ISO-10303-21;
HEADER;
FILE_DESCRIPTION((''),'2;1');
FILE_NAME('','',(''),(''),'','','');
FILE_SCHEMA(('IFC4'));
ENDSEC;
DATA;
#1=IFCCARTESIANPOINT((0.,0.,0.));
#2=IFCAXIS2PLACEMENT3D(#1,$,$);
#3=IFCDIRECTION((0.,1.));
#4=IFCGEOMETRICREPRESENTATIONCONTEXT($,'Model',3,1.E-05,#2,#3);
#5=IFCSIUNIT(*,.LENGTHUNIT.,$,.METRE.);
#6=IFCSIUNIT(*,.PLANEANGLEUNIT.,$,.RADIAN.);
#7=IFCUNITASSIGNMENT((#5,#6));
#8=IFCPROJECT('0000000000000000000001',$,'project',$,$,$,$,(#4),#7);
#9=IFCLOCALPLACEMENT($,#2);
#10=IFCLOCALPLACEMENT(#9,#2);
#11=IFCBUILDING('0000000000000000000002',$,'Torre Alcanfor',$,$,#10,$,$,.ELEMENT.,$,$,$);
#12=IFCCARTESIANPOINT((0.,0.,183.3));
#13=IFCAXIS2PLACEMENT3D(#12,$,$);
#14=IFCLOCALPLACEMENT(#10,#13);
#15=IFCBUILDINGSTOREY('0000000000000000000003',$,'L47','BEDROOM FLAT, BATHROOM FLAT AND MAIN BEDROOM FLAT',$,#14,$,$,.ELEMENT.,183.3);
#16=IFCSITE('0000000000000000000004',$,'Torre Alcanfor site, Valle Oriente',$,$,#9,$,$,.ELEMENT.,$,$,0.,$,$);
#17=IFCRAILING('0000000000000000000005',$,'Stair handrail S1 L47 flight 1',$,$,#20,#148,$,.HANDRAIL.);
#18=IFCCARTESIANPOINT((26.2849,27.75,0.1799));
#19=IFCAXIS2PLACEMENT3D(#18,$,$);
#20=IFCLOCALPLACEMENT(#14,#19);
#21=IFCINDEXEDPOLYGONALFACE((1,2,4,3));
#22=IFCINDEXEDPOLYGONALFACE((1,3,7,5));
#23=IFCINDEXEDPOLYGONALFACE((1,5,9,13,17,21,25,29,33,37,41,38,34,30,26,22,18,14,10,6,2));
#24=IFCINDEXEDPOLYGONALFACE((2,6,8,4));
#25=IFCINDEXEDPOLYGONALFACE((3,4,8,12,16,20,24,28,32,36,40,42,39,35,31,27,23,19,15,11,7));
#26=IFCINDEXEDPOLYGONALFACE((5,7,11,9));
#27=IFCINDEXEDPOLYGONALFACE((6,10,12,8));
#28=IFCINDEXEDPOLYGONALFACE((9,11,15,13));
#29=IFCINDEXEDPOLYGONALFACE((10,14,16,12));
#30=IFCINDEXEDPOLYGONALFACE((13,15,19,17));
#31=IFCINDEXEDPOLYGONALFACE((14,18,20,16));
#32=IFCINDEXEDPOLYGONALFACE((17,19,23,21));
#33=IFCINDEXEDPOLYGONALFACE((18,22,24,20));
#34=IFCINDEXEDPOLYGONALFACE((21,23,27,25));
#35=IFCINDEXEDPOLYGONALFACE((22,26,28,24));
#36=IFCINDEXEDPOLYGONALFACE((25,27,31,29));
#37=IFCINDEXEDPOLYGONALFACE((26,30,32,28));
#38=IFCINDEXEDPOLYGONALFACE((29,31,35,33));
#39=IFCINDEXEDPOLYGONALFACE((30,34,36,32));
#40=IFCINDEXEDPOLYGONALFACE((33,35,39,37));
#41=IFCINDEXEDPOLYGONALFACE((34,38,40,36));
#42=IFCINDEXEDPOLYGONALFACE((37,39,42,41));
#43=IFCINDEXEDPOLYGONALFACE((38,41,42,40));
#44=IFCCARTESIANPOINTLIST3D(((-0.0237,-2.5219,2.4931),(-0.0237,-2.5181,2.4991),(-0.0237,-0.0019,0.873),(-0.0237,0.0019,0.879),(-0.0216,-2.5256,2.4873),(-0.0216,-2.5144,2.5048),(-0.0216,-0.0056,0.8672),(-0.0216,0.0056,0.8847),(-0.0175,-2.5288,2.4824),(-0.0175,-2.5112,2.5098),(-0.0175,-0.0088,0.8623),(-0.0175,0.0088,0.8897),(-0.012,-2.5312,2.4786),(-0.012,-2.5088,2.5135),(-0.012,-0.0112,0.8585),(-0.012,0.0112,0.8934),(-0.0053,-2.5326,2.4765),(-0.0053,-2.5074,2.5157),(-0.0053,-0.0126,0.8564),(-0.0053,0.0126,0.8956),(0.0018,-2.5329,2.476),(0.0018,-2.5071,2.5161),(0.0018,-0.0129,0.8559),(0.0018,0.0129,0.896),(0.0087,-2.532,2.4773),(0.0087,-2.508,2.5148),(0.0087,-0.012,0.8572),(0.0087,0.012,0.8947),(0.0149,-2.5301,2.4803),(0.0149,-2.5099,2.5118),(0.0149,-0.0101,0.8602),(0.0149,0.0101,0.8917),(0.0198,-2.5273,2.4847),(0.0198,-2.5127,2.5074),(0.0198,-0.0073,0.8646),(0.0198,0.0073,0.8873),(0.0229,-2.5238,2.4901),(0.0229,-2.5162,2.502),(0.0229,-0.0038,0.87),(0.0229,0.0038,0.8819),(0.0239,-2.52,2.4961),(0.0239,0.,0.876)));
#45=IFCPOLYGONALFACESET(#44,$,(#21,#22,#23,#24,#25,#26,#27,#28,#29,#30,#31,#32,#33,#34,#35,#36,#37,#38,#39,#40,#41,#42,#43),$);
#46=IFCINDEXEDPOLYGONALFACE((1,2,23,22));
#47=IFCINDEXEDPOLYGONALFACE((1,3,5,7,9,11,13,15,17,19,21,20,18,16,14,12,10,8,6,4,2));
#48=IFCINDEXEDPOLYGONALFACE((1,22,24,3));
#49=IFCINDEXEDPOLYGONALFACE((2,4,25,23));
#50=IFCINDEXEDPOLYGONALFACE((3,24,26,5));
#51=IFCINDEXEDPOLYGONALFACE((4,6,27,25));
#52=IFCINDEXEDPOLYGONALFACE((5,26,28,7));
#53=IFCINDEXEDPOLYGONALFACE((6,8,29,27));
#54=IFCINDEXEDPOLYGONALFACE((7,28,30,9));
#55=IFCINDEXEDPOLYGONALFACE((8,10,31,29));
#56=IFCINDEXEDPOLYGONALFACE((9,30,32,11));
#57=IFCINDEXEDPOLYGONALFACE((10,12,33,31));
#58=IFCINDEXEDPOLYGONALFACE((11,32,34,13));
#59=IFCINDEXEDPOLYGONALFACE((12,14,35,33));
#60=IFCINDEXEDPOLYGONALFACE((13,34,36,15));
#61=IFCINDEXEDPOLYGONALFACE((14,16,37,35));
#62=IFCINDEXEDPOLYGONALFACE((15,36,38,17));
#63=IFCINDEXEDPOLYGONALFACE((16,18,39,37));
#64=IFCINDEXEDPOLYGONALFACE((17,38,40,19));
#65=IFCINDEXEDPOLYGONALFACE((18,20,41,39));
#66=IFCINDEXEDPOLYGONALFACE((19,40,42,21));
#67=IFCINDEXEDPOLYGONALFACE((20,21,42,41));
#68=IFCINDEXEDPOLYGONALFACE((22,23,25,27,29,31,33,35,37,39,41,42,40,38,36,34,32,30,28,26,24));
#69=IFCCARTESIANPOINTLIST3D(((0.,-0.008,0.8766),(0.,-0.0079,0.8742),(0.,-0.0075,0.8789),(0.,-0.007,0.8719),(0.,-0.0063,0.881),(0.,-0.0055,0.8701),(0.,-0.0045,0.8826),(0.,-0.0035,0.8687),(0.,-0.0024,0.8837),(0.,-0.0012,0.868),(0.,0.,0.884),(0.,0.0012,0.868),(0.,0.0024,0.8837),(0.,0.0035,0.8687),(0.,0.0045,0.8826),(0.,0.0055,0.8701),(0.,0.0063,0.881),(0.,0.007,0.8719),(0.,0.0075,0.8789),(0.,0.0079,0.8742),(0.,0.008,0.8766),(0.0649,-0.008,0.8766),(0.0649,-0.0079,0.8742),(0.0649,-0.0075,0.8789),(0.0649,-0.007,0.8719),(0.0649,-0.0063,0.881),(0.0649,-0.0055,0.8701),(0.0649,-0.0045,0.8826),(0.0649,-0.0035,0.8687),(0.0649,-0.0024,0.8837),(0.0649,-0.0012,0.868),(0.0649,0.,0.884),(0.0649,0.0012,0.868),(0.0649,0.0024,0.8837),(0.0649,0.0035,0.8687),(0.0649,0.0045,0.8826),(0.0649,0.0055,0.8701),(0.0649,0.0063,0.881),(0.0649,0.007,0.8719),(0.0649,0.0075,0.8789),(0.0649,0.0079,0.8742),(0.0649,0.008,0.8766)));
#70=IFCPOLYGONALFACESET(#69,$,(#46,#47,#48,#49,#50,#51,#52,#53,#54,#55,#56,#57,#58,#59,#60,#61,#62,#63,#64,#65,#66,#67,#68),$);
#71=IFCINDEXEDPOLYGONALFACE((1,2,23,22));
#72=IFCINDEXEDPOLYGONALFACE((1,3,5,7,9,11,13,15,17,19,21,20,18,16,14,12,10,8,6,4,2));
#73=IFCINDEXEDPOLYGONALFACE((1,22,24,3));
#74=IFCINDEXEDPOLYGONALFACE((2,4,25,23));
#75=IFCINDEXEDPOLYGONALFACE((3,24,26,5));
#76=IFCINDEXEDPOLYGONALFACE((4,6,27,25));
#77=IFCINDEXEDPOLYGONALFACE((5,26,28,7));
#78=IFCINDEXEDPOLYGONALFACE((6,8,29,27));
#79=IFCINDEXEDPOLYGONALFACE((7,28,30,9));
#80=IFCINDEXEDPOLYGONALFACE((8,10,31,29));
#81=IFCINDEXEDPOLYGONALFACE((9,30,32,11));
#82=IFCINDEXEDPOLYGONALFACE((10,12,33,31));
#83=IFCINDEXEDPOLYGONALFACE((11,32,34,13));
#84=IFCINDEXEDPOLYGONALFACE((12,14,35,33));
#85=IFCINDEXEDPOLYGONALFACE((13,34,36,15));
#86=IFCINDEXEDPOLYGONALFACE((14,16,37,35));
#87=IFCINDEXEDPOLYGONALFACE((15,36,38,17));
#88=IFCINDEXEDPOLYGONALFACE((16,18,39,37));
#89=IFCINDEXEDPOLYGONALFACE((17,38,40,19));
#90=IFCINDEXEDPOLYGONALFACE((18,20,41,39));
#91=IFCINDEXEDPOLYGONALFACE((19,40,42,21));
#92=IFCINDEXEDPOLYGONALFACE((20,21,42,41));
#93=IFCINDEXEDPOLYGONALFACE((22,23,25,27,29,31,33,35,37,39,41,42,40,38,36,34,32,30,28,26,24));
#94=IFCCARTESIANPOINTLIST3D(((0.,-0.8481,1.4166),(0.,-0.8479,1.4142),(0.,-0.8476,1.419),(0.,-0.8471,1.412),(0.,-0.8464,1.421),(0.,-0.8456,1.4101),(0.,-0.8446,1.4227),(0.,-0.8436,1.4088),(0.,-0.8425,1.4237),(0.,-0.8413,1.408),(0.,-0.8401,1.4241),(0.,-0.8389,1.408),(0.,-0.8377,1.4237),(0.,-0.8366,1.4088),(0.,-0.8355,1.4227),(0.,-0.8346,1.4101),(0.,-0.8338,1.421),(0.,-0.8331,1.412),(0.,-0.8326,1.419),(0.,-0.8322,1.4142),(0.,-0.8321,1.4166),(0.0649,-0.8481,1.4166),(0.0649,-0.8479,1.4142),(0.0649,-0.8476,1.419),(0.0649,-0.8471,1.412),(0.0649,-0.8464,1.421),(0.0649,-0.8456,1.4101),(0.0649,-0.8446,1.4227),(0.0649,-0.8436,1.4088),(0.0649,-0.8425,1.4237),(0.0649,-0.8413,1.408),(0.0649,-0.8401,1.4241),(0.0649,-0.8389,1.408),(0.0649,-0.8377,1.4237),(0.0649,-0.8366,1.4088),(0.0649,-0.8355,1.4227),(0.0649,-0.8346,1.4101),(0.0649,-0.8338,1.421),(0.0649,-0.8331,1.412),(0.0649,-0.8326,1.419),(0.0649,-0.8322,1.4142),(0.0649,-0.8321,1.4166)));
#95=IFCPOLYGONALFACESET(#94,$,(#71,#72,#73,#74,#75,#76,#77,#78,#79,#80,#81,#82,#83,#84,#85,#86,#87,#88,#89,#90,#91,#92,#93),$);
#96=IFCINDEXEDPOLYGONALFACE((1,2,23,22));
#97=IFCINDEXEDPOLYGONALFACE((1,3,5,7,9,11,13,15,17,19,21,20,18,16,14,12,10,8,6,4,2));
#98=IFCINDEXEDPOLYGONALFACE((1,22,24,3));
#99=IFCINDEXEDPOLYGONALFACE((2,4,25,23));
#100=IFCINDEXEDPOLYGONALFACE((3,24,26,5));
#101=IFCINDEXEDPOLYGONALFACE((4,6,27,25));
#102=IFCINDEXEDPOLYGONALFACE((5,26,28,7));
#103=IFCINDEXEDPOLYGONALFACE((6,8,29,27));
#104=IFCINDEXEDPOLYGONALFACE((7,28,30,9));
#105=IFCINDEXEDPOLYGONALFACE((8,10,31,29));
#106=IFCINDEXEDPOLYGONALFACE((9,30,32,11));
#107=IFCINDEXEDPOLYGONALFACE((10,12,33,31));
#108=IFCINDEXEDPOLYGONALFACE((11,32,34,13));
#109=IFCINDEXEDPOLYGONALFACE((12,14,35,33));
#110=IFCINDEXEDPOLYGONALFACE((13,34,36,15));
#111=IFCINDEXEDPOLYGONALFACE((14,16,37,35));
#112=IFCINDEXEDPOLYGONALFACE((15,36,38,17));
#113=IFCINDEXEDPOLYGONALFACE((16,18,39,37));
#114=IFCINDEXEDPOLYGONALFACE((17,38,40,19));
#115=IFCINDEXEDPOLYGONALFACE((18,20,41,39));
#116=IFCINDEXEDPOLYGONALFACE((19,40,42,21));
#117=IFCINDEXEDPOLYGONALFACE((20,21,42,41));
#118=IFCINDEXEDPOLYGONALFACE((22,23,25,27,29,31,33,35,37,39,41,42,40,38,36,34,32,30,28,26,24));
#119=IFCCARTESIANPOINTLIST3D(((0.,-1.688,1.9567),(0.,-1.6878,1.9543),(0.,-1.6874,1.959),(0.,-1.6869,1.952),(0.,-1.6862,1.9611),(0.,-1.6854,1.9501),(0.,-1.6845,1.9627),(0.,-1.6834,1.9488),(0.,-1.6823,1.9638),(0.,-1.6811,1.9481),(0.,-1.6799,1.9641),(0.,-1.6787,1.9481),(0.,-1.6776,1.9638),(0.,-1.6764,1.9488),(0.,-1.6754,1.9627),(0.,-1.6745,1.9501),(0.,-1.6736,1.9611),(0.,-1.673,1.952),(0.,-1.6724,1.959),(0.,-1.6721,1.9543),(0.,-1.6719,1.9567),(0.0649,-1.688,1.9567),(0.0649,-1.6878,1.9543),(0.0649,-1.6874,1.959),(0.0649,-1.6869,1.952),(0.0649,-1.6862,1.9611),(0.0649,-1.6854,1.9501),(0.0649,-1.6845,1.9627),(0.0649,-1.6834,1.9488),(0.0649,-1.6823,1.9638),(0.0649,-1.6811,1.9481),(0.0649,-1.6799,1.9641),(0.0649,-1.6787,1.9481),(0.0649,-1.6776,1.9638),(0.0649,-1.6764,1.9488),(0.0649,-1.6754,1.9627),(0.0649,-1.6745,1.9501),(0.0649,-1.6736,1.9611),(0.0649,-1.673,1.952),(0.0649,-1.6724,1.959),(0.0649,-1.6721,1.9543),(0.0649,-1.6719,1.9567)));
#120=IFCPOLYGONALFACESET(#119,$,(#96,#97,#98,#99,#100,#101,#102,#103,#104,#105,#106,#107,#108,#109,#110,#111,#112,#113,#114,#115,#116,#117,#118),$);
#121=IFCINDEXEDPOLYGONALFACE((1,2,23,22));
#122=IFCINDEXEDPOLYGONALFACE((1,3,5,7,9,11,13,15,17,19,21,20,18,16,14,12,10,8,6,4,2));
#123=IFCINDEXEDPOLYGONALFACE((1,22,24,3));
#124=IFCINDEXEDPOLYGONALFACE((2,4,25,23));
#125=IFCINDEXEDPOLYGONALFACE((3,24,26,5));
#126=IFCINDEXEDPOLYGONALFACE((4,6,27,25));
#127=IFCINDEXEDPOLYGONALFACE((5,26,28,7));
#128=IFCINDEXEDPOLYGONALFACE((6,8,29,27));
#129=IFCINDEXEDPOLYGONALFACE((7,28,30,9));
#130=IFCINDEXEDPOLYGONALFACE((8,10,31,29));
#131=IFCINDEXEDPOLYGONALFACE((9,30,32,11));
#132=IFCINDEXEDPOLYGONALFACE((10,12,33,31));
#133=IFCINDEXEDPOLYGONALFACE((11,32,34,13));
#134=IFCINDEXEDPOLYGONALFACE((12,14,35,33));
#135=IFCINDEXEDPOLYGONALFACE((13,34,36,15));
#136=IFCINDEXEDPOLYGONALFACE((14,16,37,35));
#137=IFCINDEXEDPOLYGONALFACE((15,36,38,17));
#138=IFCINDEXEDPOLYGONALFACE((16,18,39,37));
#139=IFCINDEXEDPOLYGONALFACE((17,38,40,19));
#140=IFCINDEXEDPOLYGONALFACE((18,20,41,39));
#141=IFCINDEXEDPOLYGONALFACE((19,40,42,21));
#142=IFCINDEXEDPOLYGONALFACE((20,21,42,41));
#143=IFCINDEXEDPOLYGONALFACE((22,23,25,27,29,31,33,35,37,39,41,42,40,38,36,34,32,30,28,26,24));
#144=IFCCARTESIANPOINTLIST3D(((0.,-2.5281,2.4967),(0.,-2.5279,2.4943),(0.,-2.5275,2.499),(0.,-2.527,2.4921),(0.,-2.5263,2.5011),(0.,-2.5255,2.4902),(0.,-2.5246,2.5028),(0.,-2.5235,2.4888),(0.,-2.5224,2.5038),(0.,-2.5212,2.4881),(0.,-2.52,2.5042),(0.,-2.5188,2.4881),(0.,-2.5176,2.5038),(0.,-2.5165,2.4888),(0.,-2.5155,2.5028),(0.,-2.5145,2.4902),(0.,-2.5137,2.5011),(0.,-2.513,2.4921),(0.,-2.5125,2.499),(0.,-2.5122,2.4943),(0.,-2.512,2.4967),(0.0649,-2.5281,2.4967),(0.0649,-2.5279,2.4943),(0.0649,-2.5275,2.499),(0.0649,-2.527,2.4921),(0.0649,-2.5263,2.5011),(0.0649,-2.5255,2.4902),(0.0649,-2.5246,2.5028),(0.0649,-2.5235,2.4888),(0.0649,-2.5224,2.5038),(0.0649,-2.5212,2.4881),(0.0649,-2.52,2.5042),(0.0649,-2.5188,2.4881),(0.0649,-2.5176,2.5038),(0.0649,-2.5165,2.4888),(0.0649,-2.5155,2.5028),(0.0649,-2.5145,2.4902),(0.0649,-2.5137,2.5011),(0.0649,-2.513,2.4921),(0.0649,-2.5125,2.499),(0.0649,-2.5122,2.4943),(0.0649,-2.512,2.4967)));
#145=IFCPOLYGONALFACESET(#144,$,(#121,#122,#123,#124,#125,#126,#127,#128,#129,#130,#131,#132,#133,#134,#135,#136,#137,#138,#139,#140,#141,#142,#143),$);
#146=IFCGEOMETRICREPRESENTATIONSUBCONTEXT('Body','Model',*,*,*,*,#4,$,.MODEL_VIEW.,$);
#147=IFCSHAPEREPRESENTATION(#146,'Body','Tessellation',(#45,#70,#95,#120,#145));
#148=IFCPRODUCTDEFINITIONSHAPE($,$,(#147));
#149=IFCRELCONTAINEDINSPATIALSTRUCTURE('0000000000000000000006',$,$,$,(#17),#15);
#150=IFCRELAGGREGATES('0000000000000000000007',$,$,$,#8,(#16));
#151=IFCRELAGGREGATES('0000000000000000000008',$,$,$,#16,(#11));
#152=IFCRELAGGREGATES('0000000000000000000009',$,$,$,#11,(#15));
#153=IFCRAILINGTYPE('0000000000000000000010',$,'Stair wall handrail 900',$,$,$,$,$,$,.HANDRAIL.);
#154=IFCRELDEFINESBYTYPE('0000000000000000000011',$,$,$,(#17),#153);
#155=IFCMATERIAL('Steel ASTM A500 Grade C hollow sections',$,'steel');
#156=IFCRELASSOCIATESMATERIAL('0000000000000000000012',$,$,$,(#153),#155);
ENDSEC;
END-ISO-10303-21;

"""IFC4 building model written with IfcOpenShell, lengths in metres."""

from ifc_helpers import new_model, si_unit, direction, frame, origin, origin_2d, place, context, subcontext, project, spatial, circle, extrude, material, type_object, element, save


model = new_model("IFC4")

# Units and contexts
model_context = context("Model", 3, precision=1e-05, world=origin(), true_north=direction((0.0, 1.0)))
body_context = subcontext(model_context, "Body", "Model", "MODEL_VIEW")
ifc_project = project(units=[si_unit("LENGTHUNIT", "METRE"), si_unit("PLANEANGLEUNIT", "RADIAN")], contexts=[model_context])

# Site, building, storey
site_placement = place(None, origin())
site = spatial("IfcSite", under=ifc_project, at=site_placement, Name="Torre Alcanfor site, Valle Oriente", CompositionType="ELEMENT", RefElevation=0.0)
building_placement = place(site_placement, origin())
building = spatial("IfcBuilding", under=site, at=building_placement, Name="Torre Alcanfor", CompositionType="ELEMENT")
storey_placement = place(building_placement, frame((0.0, 0.0, 183.3)))
storey = spatial("IfcBuildingStorey", under=building, at=storey_placement, Name="L47", Description="BEDROOM FLAT, BATHROOM FLAT AND MAIN BEDROOM FLAT", CompositionType="ELEMENT", Elevation=183.3)

# Railing
ifc_material_1 = material(Name="Steel ASTM A500 Grade C hollow sections", Category="steel")
railing_type_1 = type_object("IfcRailingType", Name="Stair wall handrail 900", PredefinedType="HANDRAIL", material=ifc_material_1)
railing_1_placement = place(storey_placement, frame((26.2849, 27.75, 0.1799)))
element("IfcRailing", 1, at=railing_1_placement, inside=storey, type_object=railing_type_1, Name="Stair handrail S1 L47 flight 1", PredefinedType="HANDRAIL", context=body_context, shape_type="SweptSolid", body=[
    extrude(circle(Radius=0.0239, at=origin_2d()), frame((0.0, 0.0, 0.876), z_axis=(0.0, -0.841163, 0.540782), x_axis=(1.0, 0.0, 0.0)), (0.0, 0.0, 1.0), 2.9958),
    extrude(circle(Radius=0.0081, at=origin_2d()), frame((0.0, 0.0, 0.876), z_axis=(1.0, 0.0, 0.0), x_axis=(0.0, 0.0, 1.0)), (0.0, 0.0, 1.0), 0.0649),
    extrude(circle(Radius=0.0081, at=origin_2d()), frame((0.0, -0.8401, 1.416), z_axis=(1.0, 0.0, 0.0), x_axis=(0.0, 0.0, 1.0)), (0.0, 0.0, 1.0), 0.0649),
    extrude(circle(Radius=0.0081, at=origin_2d()), frame((0.0, -1.6799, 1.9561), z_axis=(1.0, 0.0, 0.0), x_axis=(0.0, 0.0, 1.0)), (0.0, 0.0, 1.0), 0.0649),
    extrude(circle(Radius=0.0081, at=origin_2d()), frame((0.0, -2.52, 2.4961), z_axis=(1.0, 0.0, 0.0), x_axis=(0.0, 0.0, 1.0)), (0.0, 0.0, 1.0), 0.0649),
])

save(model, "model.ifc")
